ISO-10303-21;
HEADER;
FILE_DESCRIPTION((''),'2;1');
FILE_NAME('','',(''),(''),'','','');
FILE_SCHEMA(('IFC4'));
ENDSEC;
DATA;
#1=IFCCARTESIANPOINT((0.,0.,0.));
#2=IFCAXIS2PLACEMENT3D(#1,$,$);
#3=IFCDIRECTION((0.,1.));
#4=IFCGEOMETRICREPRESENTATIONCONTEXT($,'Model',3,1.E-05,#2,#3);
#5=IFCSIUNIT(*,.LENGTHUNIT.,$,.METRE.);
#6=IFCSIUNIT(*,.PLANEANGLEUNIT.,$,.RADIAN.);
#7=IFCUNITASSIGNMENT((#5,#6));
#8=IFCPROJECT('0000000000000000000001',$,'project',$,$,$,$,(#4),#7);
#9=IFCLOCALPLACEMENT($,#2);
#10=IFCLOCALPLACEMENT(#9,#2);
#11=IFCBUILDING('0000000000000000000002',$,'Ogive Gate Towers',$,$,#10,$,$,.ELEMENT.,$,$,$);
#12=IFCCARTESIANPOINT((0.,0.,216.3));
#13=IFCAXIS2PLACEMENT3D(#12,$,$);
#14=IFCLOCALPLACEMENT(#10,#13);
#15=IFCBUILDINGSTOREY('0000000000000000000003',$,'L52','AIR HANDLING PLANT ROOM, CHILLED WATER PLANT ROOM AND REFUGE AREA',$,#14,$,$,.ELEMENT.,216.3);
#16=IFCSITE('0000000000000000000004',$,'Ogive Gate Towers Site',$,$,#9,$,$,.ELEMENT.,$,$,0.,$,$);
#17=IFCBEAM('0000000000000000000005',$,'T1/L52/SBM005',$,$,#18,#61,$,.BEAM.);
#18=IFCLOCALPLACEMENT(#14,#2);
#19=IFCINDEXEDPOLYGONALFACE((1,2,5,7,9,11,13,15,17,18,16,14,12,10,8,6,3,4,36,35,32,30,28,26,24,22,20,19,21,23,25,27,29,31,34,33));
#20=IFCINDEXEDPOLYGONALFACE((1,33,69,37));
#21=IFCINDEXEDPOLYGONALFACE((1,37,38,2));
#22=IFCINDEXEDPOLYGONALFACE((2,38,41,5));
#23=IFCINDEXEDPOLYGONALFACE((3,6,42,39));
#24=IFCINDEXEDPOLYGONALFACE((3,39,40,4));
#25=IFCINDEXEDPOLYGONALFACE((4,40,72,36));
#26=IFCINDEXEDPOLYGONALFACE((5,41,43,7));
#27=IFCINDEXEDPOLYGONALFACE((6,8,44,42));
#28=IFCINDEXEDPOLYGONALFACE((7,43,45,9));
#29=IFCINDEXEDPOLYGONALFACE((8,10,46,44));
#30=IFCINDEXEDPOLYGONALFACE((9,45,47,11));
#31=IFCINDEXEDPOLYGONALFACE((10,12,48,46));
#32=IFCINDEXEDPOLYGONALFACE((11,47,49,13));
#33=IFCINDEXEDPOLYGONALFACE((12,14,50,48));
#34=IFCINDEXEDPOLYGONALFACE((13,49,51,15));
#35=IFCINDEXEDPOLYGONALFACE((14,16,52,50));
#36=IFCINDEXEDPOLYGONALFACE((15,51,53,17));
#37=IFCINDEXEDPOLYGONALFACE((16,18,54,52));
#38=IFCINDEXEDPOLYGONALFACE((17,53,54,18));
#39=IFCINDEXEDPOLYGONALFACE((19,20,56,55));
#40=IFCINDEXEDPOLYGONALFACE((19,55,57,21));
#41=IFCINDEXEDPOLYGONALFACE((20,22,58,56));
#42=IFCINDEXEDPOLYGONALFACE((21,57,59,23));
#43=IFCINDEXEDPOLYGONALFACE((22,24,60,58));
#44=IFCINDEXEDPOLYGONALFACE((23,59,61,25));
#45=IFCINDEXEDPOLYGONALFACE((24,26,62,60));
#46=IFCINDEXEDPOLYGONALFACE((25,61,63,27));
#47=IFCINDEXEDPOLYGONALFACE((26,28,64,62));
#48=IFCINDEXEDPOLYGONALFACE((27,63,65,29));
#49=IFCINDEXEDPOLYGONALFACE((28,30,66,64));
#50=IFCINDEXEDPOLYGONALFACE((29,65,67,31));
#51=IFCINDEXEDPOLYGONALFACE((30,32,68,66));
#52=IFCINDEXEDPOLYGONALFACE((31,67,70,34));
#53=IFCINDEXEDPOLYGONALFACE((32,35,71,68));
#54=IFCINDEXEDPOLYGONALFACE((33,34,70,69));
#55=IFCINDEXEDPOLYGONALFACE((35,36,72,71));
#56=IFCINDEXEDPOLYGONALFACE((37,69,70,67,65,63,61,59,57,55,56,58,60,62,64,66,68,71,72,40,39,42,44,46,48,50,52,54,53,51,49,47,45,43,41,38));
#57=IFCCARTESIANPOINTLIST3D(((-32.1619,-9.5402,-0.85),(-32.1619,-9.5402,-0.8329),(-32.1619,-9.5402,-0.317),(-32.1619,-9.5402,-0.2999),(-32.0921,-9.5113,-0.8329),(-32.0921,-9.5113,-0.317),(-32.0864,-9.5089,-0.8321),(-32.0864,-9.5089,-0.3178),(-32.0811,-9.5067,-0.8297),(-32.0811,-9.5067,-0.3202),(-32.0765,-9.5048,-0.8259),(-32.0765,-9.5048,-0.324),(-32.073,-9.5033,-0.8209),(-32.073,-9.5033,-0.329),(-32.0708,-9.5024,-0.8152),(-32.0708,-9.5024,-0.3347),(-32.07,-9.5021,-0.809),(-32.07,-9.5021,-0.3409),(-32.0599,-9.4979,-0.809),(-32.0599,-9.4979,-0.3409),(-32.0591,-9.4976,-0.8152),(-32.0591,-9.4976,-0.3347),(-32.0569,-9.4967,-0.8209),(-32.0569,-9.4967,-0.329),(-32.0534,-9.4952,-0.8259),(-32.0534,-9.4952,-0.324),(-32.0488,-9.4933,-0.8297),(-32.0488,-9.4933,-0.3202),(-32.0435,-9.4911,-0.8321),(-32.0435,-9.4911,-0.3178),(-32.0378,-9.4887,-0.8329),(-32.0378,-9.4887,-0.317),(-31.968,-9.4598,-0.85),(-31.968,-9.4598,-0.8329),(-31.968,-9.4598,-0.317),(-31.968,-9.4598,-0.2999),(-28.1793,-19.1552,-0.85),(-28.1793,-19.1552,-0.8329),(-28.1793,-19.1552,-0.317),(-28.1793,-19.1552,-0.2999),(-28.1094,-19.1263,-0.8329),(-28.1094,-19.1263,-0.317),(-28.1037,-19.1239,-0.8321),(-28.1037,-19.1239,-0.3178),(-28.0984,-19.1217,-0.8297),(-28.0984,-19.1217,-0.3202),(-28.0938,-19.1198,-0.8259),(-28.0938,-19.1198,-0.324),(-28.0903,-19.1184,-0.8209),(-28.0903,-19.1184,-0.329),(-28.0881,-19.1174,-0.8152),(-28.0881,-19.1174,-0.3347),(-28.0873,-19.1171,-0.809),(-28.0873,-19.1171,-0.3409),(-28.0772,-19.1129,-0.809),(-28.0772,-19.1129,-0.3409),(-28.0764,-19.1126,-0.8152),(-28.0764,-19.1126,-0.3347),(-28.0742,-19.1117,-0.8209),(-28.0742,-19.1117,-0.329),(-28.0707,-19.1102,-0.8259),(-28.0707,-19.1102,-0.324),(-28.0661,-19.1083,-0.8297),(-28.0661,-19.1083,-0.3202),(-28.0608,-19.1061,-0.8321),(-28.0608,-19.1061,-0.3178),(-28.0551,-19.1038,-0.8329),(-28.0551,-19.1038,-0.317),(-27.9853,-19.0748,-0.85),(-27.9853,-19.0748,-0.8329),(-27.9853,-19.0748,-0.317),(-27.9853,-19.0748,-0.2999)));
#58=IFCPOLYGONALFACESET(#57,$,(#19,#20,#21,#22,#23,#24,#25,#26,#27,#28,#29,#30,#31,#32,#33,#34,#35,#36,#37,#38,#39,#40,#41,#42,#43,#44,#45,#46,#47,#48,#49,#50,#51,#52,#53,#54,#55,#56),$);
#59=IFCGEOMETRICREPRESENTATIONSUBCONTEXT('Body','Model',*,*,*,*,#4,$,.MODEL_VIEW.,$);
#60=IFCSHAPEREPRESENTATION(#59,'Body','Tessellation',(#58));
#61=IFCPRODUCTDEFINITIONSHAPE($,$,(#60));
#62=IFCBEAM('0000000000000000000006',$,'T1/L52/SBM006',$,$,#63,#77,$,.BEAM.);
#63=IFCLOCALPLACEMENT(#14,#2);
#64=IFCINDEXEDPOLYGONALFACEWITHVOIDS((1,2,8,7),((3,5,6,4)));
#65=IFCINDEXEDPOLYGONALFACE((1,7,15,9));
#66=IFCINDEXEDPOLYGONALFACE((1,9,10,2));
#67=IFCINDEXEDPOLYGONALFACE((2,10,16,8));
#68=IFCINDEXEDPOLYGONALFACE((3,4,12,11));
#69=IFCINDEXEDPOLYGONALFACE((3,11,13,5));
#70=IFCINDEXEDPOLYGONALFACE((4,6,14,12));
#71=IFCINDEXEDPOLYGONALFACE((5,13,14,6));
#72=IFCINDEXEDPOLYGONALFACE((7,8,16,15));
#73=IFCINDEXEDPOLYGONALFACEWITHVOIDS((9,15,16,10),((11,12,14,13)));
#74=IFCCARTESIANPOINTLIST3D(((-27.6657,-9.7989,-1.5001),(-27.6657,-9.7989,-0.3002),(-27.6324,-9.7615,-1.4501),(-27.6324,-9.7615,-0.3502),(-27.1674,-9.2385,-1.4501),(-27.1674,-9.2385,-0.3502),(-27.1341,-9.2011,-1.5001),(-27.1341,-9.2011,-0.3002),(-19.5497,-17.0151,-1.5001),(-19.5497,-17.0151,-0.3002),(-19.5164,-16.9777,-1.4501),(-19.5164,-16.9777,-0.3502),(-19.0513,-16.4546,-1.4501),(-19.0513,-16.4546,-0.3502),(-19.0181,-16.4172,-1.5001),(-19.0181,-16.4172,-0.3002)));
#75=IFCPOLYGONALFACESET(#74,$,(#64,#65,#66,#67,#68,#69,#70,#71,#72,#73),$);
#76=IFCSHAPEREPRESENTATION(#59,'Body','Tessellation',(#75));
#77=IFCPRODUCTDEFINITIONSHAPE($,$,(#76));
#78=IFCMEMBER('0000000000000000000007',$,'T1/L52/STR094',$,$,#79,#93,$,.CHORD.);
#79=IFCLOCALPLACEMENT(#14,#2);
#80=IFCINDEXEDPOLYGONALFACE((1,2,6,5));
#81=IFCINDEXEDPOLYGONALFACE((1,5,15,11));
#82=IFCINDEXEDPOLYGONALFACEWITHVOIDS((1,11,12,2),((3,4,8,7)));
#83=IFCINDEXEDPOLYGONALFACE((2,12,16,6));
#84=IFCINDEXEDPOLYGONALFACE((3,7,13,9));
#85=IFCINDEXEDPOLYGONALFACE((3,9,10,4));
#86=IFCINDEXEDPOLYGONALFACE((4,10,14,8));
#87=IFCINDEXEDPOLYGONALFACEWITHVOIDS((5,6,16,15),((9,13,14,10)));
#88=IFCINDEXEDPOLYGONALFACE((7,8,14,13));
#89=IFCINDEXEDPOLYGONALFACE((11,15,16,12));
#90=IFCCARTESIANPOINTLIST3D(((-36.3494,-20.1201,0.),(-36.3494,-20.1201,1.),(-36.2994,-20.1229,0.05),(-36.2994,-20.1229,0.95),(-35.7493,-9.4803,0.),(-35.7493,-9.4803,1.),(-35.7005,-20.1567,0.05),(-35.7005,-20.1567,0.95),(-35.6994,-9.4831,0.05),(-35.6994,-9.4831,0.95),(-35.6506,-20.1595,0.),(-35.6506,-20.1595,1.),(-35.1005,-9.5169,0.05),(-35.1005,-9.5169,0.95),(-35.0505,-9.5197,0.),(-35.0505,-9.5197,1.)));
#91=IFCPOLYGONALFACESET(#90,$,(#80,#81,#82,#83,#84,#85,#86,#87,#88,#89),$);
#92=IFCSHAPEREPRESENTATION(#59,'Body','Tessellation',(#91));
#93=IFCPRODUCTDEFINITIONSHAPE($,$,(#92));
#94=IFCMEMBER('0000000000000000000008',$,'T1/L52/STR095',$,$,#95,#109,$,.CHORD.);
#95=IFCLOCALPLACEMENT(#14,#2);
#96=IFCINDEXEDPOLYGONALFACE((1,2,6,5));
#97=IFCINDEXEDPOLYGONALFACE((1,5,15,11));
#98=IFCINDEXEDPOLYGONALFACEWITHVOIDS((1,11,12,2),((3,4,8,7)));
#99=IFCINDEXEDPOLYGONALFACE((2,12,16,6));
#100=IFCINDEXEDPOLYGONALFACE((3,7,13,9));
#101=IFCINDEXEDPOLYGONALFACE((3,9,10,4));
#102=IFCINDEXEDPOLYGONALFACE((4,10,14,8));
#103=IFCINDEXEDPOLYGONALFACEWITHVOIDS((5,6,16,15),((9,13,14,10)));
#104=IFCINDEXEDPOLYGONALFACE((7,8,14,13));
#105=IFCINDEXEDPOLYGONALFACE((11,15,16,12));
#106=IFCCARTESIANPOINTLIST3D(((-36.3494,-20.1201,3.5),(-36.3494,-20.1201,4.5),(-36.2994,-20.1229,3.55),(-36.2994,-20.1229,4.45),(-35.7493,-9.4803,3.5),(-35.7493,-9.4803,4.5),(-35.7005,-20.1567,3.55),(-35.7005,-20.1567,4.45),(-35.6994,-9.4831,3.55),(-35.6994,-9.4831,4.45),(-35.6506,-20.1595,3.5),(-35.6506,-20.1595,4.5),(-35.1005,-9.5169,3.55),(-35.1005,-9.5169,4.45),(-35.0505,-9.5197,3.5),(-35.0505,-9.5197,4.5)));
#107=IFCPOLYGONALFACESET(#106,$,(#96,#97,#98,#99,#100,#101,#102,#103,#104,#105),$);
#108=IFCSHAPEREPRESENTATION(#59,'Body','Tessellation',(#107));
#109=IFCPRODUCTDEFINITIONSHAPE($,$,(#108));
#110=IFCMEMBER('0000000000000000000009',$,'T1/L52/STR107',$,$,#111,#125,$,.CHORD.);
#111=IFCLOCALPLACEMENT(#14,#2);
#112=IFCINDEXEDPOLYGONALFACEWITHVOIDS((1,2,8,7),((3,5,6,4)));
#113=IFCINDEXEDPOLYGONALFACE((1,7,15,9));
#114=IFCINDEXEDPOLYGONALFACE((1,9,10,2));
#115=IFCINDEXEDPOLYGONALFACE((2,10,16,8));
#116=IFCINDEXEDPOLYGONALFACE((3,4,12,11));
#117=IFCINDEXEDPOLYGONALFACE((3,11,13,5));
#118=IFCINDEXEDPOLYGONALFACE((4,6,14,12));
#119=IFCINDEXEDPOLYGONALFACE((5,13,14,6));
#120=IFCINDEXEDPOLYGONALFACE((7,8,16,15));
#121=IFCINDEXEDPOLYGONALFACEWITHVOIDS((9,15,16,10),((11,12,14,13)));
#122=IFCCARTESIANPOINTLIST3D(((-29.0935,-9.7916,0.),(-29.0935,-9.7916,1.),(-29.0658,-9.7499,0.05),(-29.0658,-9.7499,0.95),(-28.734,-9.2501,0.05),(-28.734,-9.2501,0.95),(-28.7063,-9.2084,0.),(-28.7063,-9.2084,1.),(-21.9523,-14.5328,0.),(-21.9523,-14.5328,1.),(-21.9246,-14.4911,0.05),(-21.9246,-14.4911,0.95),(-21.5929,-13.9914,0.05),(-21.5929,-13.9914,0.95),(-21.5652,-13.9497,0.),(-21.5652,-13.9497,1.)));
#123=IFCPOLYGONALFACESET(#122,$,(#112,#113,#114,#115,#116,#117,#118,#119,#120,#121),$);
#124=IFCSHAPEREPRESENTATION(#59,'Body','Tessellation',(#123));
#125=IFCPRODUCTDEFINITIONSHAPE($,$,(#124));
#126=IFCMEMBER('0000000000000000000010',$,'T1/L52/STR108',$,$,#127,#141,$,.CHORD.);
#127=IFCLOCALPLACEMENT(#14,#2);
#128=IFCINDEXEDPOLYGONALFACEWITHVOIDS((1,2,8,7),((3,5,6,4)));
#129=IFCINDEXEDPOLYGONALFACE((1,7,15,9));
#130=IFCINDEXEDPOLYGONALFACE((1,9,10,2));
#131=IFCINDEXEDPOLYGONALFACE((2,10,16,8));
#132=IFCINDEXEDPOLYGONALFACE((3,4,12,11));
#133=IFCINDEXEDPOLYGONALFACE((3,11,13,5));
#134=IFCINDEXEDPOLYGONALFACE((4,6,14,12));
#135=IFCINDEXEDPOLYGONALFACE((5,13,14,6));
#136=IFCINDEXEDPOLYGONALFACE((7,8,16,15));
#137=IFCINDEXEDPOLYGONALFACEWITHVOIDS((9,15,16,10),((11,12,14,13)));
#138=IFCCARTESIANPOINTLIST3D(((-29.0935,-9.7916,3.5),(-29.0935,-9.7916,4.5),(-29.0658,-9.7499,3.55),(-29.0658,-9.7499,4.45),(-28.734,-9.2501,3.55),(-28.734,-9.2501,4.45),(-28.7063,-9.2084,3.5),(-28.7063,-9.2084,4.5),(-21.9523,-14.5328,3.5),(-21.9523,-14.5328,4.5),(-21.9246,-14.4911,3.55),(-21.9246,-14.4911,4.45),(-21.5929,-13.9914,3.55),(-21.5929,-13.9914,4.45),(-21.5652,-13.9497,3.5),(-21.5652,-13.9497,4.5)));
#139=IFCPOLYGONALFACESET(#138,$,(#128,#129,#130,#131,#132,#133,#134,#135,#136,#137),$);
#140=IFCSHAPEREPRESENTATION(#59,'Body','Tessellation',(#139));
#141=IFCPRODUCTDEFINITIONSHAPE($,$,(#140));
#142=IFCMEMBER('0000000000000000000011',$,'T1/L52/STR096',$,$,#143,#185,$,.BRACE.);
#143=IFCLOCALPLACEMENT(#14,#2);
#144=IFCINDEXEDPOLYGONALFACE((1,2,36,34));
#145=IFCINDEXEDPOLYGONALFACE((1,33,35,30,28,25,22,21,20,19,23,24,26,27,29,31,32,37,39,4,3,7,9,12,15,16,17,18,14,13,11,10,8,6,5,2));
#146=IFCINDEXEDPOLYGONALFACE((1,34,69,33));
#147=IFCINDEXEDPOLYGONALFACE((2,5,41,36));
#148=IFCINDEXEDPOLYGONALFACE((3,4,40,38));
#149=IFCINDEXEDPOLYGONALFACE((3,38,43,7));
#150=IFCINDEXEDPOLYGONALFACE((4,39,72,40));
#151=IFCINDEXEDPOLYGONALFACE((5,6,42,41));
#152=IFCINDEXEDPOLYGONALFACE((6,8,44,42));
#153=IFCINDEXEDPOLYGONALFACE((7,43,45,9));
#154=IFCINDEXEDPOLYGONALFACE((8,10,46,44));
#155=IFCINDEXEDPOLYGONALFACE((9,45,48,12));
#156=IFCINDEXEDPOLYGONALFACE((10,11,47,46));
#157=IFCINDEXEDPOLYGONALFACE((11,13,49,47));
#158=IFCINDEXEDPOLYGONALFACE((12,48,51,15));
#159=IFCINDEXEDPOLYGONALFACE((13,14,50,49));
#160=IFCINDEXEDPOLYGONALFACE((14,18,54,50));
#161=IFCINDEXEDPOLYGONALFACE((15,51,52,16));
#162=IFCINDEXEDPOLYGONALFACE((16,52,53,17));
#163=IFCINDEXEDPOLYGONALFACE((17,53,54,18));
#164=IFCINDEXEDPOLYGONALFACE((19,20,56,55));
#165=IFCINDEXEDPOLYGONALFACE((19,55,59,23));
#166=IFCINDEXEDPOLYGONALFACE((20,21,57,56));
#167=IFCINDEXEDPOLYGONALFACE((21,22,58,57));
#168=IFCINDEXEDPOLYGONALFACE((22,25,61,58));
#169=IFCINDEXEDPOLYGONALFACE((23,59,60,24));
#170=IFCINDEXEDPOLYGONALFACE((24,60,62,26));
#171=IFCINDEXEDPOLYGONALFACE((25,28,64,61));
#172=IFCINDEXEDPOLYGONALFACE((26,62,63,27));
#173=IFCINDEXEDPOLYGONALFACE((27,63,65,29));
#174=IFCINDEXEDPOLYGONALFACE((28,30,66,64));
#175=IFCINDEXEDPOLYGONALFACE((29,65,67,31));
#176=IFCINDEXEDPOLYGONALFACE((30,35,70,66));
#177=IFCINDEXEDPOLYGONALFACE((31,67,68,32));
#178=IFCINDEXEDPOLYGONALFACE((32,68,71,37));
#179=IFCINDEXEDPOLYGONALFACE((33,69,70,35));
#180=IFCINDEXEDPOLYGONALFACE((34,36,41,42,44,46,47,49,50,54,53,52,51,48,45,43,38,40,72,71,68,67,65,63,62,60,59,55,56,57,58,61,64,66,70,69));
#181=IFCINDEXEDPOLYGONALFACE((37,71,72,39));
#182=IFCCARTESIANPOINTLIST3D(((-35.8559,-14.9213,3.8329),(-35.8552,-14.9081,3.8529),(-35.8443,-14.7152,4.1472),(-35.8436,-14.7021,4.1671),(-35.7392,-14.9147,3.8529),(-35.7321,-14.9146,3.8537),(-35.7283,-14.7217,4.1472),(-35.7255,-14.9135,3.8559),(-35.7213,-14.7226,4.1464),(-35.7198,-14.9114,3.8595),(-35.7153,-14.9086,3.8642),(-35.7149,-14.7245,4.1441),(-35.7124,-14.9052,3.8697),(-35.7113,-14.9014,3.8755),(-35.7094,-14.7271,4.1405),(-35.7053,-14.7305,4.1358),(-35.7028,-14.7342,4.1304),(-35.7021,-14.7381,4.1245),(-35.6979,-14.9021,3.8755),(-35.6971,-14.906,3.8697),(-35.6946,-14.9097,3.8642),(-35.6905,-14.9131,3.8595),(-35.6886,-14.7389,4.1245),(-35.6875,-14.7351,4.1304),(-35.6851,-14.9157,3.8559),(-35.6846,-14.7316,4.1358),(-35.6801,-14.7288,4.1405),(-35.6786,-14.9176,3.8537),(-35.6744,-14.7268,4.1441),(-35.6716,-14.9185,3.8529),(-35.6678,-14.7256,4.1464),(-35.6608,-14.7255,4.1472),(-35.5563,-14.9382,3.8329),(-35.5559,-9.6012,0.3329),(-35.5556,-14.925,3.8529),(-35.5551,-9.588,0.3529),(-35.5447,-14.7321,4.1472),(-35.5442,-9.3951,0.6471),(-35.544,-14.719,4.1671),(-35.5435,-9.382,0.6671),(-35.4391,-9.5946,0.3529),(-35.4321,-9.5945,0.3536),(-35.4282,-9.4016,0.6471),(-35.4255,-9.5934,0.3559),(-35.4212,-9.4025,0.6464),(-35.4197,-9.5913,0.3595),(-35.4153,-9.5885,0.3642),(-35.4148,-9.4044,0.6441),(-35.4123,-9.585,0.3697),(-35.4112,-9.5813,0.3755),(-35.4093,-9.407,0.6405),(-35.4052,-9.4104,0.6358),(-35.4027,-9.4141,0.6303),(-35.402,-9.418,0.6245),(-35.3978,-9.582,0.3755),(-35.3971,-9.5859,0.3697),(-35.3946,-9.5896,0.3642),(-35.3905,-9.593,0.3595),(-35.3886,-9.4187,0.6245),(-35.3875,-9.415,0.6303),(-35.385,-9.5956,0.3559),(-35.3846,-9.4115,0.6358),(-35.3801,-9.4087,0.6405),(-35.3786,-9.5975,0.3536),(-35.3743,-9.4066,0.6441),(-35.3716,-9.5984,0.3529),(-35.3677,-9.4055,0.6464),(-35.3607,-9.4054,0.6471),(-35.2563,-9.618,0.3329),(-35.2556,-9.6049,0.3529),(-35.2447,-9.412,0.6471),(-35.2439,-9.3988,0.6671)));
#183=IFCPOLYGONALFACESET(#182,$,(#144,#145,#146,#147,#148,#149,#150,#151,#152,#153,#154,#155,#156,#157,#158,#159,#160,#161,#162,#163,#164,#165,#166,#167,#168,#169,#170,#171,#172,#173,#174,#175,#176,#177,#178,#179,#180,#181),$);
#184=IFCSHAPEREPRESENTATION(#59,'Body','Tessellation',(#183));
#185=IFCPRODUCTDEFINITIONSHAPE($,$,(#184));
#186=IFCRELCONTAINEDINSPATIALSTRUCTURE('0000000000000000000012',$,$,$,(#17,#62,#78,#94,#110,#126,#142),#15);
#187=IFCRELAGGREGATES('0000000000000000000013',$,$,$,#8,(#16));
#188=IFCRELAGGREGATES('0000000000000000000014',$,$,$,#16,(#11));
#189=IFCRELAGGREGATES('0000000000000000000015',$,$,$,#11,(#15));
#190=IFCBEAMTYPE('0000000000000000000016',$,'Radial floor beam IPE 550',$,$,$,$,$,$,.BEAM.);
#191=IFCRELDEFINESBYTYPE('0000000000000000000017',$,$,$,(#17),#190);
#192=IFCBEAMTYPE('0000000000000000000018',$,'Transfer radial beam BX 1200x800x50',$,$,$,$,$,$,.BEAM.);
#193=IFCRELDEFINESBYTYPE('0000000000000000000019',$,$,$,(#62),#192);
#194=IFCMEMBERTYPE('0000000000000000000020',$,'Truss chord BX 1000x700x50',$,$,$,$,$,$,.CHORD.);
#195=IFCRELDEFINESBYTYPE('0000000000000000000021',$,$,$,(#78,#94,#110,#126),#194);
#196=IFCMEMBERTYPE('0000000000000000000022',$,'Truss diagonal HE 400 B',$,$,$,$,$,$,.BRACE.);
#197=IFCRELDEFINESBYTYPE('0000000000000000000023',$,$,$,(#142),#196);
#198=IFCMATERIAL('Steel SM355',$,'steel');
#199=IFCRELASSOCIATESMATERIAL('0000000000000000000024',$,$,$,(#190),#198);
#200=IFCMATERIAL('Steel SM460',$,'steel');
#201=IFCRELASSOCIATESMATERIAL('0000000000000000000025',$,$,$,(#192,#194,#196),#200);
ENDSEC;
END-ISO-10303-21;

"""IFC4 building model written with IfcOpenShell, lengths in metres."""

from ifc_helpers import new_model, si_unit, direction, frame, origin, origin_2d, place, context, subcontext, project, spatial, hollow_rectangle, i_section, extrude, material, material_profile, profile_set, type_object, element, save


model = new_model("IFC4")

# Units and contexts
model_context = context("Model", 3, precision=1e-05, world=origin(), true_north=direction((0.0, 1.0)))
body_context = subcontext(model_context, "Body", "Model", "MODEL_VIEW")
ifc_project = project(units=[si_unit("LENGTHUNIT", "METRE"), si_unit("PLANEANGLEUNIT", "RADIAN")], contexts=[model_context])

# Site, building, storey
site_placement = place(None, origin())
site = spatial("IfcSite", under=ifc_project, at=site_placement, Name="Ogive Gate Towers Site", CompositionType="ELEMENT", RefElevation=0.0)
building_placement = place(site_placement, origin())
building = spatial("IfcBuilding", under=site, at=building_placement, Name="Ogive Gate Towers", CompositionType="ELEMENT")
storey_placement = place(building_placement, frame((0.0, 0.0, 216.3)))
storey = spatial("IfcBuildingStorey", under=building, at=storey_placement, Name="L52", Description="AIR HANDLING PLANT ROOM, CHILLED WATER PLANT ROOM AND REFUGE AREA", CompositionType="ELEMENT", Elevation=216.3)

# Beams
ifc_material_1 = material(Name="Steel SM355", Category="steel")
ifc_material_profile_1 = material_profile(ifc_material_1, i_section(OverallWidth=0.21, OverallDepth=0.55, WebThickness=0.011, FlangeThickness=0.0171, FilletRadius=0.0239, at=origin_2d()), Name="IPE 550")
ifc_profile_set_1 = profile_set([ifc_material_profile_1], Name="Steel SM355")
beam_type_1 = type_object("IfcBeamType", Name="Radial floor beam IPE 550", PredefinedType="BEAM", material=ifc_profile_set_1)
beam_1_placement = place(storey_placement, frame((-32.0649, -9.5, -0.575), z_axis=(0.382684, -0.923879, 0.0), x_axis=(0.923879, 0.382684, 0.0)))
element("IfcBeam", 1, at=beam_1_placement, inside=storey, type_object=beam_type_1, Name="T1/L52/SBM005", PredefinedType="BEAM", context=body_context, shape_type="SweptSolid", body=[
    extrude(i_section(OverallWidth=0.21, OverallDepth=0.55, WebThickness=0.011, FlangeThickness=0.0171, FilletRadius=0.0239, at=origin_2d()), origin(), (0.0, 0.0, 1.0), 10.4072),
])
ifc_material_2 = material(Name="Steel SM460", Category="steel")
ifc_material_profile_2 = material_profile(ifc_material_2, hollow_rectangle(XDim=0.8, YDim=1.2, WallThickness=0.05, at=origin_2d()), Name="BX 1200x800x50")
ifc_profile_set_2 = profile_set([ifc_material_profile_2], Name="Steel SM460")
beam_type_2 = type_object("IfcBeamType", Name="Transfer radial beam BX 1200x800x50", PredefinedType="BEAM", material=ifc_profile_set_2)
beam_2_placement = place(storey_placement, frame((-27.3999, -9.5, -0.9001), z_axis=(0.747324, -0.66446, 0.0), x_axis=(0.66446, 0.747324, 0.0)))
element("IfcBeam", 2, at=beam_2_placement, inside=storey, type_object=beam_type_2, Name="T1/L52/SBM006", PredefinedType="BEAM", context=body_context, shape_type="SweptSolid", body=[
    extrude(hollow_rectangle(XDim=0.8, YDim=1.2, WallThickness=0.05, at=origin_2d()), origin(), (0.0, 0.0, 1.0), 10.8601),
])

# Members
ifc_material_profile_3 = material_profile(ifc_material_2, hollow_rectangle(XDim=0.7, YDim=1.0, WallThickness=0.05, at=origin_2d()), Name="BX 1000x700x50")
ifc_profile_set_3 = profile_set([ifc_material_profile_3], Name="Steel SM460")
member_type_1 = type_object("IfcMemberType", Name="Truss chord BX 1000x700x50", PredefinedType="CHORD", material=ifc_profile_set_3)
for number, where, z_axis, x_axis, name in (
    (3, (-35.3999, -9.5, 0.5), (-0.056311, -0.998413, 0.0), (0.998413, -0.056311, 0.0), "T1/L52/STR094"),
    (4, (-35.3999, -9.5, 4.0), (-0.056311, -0.998413, 0.0), (0.998413, -0.056311, 0.0), "T1/L52/STR095"),
):
    element("IfcMember", number, at=place(storey_placement, frame(where, z_axis=z_axis, x_axis=x_axis)), inside=storey, type_object=member_type_1, Name=name, PredefinedType="CHORD", context=body_context, shape_type="SweptSolid", body=[
        extrude(hollow_rectangle(XDim=0.7, YDim=1.0, WallThickness=0.05, at=origin_2d()), origin(), (0.0, 0.0, 1.0), 10.6567),
    ])
for number, where, z_axis, x_axis, name in (
    (5, (-28.8999, -9.5, 0.5), (0.8331, -0.553122, 0.0), (0.553122, 0.8331, 0.0), "T1/L52/STR107"),
    (6, (-28.8999, -9.5, 4.0), (0.8331, -0.553122, 0.0), (0.553122, 0.8331, 0.0), "T1/L52/STR108"),
):
    element("IfcMember", number, at=place(storey_placement, frame(where, z_axis=z_axis, x_axis=x_axis)), inside=storey, type_object=member_type_1, Name=name, PredefinedType="CHORD", context=body_context, shape_type="SweptSolid", body=[
        extrude(hollow_rectangle(XDim=0.7, YDim=1.0, WallThickness=0.05, at=origin_2d()), origin(), (0.0, 0.0, 1.0), 8.5718),
    ])
ifc_material_profile_4 = material_profile(ifc_material_2, i_section(OverallWidth=0.3, OverallDepth=0.3999, WebThickness=0.0134, FlangeThickness=0.0239, FilletRadius=0.0271, at=origin_2d()), Name="HE 400 B")
ifc_profile_set_4 = profile_set([ifc_material_profile_4], Name="Steel SM460")
member_type_2 = type_object("IfcMemberType", Name="Truss diagonal HE 400 B", PredefinedType="BRACE", material=ifc_profile_set_4)
member_1_placement = place(storey_placement, frame((-35.3999, -9.5, 0.5), z_axis=(-0.047065, -0.834495, 0.549003), x_axis=(0.998413, -0.05631, 0.0)))
element("IfcMember", 7, at=member_1_placement, inside=storey, type_object=member_type_2, Name="T1/L52/STR096", PredefinedType="BRACE", context=body_context, shape_type="SweptSolid", body=[
    extrude(i_section(OverallWidth=0.3, OverallDepth=0.3999, WebThickness=0.0134, FlangeThickness=0.0239, FilletRadius=0.0271, at=origin_2d()), origin(), (0.0, 0.0, 1.0), 6.3752),
])

save(model, "model.ifc")
